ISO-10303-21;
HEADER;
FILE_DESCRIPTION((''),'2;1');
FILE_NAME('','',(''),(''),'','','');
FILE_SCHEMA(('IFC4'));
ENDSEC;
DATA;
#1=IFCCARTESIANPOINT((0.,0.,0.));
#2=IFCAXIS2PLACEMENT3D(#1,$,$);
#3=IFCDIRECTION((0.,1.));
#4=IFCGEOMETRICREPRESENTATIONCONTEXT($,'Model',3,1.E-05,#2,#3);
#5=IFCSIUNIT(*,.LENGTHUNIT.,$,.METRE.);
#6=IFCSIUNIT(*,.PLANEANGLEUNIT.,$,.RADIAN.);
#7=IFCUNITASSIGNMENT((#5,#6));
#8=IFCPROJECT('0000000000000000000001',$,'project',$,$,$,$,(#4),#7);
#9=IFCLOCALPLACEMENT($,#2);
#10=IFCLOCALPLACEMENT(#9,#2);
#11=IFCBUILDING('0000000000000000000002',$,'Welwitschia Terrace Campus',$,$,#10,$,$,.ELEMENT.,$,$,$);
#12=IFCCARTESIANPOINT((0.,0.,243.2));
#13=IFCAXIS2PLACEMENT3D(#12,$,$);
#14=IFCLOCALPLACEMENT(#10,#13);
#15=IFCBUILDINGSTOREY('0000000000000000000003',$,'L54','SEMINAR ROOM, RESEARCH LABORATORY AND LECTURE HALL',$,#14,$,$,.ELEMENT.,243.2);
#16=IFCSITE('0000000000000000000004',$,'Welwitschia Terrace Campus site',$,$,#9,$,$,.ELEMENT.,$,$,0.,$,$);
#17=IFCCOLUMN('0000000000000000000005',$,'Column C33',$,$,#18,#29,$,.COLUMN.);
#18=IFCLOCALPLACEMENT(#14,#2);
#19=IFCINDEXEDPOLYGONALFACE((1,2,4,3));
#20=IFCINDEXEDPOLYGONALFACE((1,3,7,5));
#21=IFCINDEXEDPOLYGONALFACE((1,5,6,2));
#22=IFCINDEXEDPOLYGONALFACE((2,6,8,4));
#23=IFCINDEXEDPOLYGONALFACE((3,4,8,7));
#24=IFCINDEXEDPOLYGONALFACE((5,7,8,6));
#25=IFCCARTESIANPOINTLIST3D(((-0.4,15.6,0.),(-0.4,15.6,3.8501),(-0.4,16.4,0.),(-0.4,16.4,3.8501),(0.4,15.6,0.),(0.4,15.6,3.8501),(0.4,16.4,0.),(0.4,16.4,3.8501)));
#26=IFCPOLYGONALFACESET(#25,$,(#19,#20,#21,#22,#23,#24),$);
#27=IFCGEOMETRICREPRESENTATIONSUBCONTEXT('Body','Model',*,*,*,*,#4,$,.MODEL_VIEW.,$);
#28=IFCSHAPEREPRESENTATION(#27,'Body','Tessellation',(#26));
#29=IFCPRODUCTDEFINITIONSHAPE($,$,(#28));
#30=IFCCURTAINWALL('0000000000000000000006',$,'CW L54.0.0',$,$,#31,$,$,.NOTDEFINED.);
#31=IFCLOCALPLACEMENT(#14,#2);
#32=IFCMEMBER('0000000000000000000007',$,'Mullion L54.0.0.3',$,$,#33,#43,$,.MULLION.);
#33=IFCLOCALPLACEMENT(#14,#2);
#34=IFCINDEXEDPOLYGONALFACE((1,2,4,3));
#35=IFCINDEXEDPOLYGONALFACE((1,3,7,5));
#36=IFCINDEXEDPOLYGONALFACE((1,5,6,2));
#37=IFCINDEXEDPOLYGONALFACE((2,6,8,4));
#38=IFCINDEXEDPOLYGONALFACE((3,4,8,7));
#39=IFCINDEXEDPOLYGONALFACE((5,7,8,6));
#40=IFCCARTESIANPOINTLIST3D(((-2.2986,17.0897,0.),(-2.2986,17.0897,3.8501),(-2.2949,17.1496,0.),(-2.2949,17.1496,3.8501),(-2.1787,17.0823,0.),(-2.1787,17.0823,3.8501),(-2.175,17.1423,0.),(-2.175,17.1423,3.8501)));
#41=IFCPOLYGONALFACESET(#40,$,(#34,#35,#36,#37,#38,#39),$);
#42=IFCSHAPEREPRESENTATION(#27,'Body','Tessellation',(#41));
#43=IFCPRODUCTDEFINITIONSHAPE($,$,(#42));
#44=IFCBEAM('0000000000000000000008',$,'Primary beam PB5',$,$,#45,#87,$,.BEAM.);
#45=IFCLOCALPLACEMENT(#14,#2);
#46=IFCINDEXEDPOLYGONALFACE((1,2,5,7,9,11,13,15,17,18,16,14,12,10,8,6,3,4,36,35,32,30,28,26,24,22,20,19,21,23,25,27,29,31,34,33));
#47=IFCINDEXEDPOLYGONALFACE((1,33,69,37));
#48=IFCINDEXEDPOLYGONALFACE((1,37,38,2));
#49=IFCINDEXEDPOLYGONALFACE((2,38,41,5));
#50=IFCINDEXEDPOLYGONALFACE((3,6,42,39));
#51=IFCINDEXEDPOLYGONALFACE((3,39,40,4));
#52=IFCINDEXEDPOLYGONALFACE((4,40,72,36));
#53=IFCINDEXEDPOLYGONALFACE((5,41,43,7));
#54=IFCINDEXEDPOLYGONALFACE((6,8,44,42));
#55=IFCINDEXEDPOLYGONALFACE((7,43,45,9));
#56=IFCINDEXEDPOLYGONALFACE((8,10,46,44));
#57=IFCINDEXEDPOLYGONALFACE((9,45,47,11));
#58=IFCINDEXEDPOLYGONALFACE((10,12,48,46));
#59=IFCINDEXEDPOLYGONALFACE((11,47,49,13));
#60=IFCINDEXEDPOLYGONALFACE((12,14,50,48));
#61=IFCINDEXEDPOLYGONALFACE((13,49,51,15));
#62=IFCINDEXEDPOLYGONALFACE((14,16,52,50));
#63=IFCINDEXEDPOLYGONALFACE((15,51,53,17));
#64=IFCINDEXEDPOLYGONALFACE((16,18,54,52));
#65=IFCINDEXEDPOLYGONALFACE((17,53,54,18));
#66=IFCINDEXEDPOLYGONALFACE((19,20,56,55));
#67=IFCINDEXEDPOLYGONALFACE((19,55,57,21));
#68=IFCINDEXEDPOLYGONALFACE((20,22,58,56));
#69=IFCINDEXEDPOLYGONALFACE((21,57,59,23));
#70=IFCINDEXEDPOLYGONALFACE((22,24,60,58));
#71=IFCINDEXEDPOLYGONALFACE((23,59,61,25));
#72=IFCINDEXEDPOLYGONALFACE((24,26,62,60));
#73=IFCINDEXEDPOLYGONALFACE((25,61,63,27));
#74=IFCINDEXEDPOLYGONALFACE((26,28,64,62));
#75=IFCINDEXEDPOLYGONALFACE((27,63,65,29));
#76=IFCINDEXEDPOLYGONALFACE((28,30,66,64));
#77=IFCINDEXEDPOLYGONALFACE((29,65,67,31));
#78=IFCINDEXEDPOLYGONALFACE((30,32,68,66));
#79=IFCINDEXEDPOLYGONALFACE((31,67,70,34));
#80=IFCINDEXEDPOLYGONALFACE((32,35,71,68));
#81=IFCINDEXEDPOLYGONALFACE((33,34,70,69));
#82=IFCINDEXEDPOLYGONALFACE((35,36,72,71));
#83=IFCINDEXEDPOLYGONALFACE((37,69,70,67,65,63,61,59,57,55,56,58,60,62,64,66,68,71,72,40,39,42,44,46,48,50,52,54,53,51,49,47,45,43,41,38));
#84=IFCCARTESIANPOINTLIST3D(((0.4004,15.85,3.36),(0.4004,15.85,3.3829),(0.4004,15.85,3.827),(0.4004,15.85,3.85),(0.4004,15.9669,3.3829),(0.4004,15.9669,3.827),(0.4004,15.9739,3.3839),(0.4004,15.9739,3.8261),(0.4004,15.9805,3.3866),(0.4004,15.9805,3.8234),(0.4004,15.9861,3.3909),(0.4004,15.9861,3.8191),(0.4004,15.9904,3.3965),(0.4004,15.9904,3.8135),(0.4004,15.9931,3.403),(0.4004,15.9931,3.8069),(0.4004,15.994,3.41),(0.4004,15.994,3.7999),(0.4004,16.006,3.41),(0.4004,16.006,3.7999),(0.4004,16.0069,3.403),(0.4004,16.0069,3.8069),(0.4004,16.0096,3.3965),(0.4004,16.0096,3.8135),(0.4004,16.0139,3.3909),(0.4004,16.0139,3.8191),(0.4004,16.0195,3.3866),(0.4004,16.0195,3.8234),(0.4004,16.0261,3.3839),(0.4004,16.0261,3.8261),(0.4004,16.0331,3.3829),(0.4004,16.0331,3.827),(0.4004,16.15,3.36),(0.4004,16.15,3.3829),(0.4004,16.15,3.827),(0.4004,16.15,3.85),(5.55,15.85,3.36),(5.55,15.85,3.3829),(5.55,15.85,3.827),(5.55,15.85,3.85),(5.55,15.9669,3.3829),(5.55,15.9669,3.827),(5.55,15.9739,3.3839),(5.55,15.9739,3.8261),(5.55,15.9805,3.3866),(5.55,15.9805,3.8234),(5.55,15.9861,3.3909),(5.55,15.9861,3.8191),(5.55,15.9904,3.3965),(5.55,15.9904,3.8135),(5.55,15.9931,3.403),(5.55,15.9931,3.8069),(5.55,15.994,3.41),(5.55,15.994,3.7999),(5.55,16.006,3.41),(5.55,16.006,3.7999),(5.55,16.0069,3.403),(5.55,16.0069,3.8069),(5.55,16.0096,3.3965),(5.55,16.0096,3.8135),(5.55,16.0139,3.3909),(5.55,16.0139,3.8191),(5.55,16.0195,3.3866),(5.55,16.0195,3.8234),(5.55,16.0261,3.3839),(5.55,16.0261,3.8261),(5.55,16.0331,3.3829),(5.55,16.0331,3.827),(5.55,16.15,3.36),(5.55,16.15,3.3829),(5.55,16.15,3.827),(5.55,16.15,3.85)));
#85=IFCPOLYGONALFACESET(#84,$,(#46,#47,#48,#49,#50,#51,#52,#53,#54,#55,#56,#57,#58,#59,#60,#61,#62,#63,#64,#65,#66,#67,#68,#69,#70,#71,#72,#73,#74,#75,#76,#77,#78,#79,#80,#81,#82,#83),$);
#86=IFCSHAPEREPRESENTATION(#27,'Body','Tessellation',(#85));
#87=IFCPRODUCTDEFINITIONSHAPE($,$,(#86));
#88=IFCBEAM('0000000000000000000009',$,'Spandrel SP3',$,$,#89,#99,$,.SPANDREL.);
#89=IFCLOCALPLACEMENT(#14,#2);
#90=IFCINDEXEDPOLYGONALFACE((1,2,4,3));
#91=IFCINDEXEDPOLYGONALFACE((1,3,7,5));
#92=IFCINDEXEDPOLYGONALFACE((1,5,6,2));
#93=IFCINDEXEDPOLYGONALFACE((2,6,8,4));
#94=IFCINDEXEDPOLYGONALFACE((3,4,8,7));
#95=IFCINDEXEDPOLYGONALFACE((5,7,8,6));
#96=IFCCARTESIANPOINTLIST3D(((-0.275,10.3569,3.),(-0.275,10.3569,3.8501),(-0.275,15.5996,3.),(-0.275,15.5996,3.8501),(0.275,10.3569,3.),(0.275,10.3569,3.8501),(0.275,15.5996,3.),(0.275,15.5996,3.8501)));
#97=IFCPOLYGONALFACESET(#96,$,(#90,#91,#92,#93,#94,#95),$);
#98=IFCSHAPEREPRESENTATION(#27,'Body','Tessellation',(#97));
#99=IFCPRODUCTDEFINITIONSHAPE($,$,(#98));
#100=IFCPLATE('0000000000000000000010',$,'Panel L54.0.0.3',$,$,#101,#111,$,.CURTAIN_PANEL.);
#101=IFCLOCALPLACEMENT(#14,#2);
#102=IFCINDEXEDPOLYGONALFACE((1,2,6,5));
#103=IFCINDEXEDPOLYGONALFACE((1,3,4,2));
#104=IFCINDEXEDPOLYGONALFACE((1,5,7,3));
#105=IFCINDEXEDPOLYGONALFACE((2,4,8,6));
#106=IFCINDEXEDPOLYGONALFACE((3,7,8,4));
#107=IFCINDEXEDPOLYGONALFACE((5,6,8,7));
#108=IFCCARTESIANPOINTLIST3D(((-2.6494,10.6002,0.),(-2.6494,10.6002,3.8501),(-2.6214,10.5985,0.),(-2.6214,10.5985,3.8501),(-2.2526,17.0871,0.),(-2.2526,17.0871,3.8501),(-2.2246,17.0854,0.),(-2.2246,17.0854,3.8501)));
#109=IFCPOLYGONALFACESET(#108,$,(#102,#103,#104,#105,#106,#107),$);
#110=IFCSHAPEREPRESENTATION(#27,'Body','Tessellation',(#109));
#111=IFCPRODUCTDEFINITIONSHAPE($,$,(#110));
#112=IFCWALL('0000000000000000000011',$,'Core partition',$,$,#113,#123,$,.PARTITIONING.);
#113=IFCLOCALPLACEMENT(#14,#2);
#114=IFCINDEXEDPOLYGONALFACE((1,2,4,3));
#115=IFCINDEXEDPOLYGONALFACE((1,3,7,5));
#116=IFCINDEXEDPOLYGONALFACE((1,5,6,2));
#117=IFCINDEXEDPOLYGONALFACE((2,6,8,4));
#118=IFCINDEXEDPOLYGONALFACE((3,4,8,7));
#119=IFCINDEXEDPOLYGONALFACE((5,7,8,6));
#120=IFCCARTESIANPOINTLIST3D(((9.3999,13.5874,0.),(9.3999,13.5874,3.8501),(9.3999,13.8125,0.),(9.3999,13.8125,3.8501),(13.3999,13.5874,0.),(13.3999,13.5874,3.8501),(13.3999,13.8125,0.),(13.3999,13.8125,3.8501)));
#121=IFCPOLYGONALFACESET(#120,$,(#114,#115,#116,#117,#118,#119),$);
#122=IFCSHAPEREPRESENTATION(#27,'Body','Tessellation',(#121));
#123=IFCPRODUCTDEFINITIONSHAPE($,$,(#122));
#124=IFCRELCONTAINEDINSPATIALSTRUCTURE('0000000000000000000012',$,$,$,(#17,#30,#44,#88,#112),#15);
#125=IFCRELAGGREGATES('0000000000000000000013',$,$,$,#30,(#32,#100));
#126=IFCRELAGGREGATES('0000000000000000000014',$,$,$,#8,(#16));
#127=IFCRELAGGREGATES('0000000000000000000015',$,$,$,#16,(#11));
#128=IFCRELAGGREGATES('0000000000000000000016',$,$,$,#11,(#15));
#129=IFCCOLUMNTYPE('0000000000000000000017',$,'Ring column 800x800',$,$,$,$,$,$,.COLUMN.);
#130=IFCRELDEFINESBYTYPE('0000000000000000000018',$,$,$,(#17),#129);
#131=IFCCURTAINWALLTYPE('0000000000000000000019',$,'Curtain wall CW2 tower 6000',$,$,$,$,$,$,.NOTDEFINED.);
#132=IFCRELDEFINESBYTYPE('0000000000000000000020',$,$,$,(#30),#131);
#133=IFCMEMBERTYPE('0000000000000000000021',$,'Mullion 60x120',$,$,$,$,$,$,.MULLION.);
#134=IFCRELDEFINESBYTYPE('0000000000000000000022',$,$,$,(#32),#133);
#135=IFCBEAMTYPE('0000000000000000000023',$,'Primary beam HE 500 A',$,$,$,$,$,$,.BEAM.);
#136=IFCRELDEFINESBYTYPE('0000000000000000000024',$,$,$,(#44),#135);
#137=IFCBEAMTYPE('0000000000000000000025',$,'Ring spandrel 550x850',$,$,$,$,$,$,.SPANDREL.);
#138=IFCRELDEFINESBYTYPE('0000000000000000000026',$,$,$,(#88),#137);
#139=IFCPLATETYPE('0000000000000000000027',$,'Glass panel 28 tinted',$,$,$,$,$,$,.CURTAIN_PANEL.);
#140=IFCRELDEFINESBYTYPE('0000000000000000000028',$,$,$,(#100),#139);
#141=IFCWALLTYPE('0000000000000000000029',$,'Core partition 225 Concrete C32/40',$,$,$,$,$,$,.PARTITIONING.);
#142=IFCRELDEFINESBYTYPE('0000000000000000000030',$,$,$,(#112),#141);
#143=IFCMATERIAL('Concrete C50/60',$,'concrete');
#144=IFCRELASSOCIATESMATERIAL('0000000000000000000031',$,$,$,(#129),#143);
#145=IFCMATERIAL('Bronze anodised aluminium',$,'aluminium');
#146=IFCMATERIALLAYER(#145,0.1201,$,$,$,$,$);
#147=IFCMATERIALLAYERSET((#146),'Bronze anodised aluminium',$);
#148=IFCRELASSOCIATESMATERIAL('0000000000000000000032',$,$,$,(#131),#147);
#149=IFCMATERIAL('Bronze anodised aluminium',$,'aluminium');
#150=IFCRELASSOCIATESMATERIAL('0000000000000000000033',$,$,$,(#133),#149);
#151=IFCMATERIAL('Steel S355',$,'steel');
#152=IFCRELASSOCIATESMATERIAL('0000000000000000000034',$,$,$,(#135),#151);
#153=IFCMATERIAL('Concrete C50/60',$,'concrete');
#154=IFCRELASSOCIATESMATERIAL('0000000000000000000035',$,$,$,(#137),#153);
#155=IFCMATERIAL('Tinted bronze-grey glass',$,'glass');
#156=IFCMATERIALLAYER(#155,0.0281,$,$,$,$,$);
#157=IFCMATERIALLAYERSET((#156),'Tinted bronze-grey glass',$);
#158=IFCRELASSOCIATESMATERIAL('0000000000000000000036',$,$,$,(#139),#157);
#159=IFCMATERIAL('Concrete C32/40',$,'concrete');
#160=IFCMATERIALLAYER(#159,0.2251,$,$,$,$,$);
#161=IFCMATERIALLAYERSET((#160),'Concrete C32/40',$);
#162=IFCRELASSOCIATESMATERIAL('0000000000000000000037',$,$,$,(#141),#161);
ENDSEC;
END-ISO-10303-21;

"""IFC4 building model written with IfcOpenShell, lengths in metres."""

from ifc_helpers import new_model, si_unit, direction, frame, frame_2d, origin, origin_2d, place, context, subcontext, project, spatial, rectangle, i_section, extrude, material, layer, layer_set, material_profile, profile_set, type_object, element, aggregate, save


model = new_model("IFC4")

# Units and contexts
model_context = context("Model", 3, precision=1e-05, world=origin(), true_north=direction((0.0, 1.0)))
body_context = subcontext(model_context, "Body", "Model", "MODEL_VIEW")
ifc_project = project(units=[si_unit("LENGTHUNIT", "METRE"), si_unit("PLANEANGLEUNIT", "RADIAN")], contexts=[model_context])

# Site, building, storey
site_placement = place(None, origin())
site = spatial("IfcSite", under=ifc_project, at=site_placement, Name="Welwitschia Terrace Campus site", CompositionType="ELEMENT", RefElevation=0.0)
building_placement = place(site_placement, origin())
building = spatial("IfcBuilding", under=site, at=building_placement, Name="Welwitschia Terrace Campus", CompositionType="ELEMENT")
storey_placement = place(building_placement, frame((0.0, 0.0, 243.2)))
storey = spatial("IfcBuildingStorey", under=building, at=storey_placement, Name="L54", Description="SEMINAR ROOM, RESEARCH LABORATORY AND LECTURE HALL", CompositionType="ELEMENT", Elevation=243.2)

# Column
ifc_material_1 = material(Name="Concrete C50/60", Category="concrete")
ifc_material_profile_1 = material_profile(ifc_material_1, rectangle(XDim=0.8, YDim=0.8, at=origin_2d()))
ifc_profile_set_1 = profile_set([ifc_material_profile_1], Name="Concrete C50/60")
column_type = type_object("IfcColumnType", Name="Ring column 800x800", PredefinedType="COLUMN", material=ifc_profile_set_1)
column_placement = place(storey_placement, frame((0.0, 16.0, 0.0), z_axis=(0.0, 0.0, 1.0), x_axis=(1.0, 0.0, 0.0)))
element("IfcColumn", 1, at=column_placement, inside=storey, type_object=column_type, Name="Column C33", PredefinedType="COLUMN", context=body_context, shape_type="SweptSolid", body=[
    extrude(rectangle(XDim=0.8, YDim=0.8, at=origin_2d()), origin(), (0.0, 0.0, 1.0), 3.8501),
])

# Curtain wall, member
ifc_material_2 = material(Name="Bronze anodised aluminium", Category="aluminium")
ifc_layer_1 = layer(ifc_material_2, 0.1201)
ifc_layer_set_1 = layer_set([ifc_layer_1], Name="Bronze anodised aluminium")
curtain_wall_type = type_object("IfcCurtainWallType", Name="Curtain wall CW2 tower 6000", PredefinedType="NOTDEFINED", material=ifc_layer_set_1)
curtain_wall_placement = place(storey_placement, origin())
curtain_wall = element("IfcCurtainWall", 2, at=curtain_wall_placement, inside=storey, type_object=curtain_wall_type, Name="CW L54.0.0", PredefinedType="NOTDEFINED")
ifc_material_3 = material(Name="Bronze anodised aluminium", Category="aluminium")
ifc_material_profile_2 = material_profile(ifc_material_3, rectangle(XDim=0.1201, YDim=0.0601, at=origin_2d()))
ifc_profile_set_2 = profile_set([ifc_material_profile_2], Name="Bronze anodised aluminium")
member_type = type_object("IfcMemberType", Name="Mullion 60x120", PredefinedType="MULLION", material=ifc_profile_set_2)
member_placement = place(storey_placement, frame((-2.2368, 17.116, 0.0), z_axis=(0.0, 0.0, 1.0), x_axis=(0.998135, -0.061049, 0.0)))
member = element("IfcMember", 3, at=member_placement, type_object=member_type, Name="Mullion L54.0.0.3", PredefinedType="MULLION", context=body_context, shape_type="SweptSolid", body=[
    extrude(rectangle(XDim=0.1201, YDim=0.0601, at=origin_2d()), origin(), (0.0, 0.0, 1.0), 3.8501),
])

# Beams
ifc_material_4 = material(Name="Steel S355", Category="steel")
ifc_material_profile_3 = material_profile(ifc_material_4, i_section(OverallWidth=0.3, OverallDepth=0.49, WebThickness=0.012, FlangeThickness=0.0229, FilletRadius=0.0271, at=origin_2d()))
ifc_profile_set_3 = profile_set([ifc_material_profile_3], Name="Steel S355")
beam_type_1 = type_object("IfcBeamType", Name="Primary beam HE 500 A", PredefinedType="BEAM", material=ifc_profile_set_3)
beam_1_placement = place(storey_placement, frame((0.4004, 16.0, 3.605), z_axis=(1.0, 0.0, 0.0), x_axis=(0.0, 1.0, 0.0)))
element("IfcBeam", 4, at=beam_1_placement, inside=storey, type_object=beam_type_1, Name="Primary beam PB5", PredefinedType="BEAM", context=body_context, shape_type="SweptSolid", body=[
    extrude(i_section(OverallWidth=0.3, OverallDepth=0.49, WebThickness=0.012, FlangeThickness=0.0229, FilletRadius=0.0271, at=origin_2d()), origin(), (0.0, 0.0, 1.0), 5.1497),
])
ifc_material_5 = material(Name="Concrete C50/60", Category="concrete")
ifc_material_profile_4 = material_profile(ifc_material_5, rectangle(XDim=0.55, YDim=0.8501, at=origin_2d()))
ifc_profile_set_4 = profile_set([ifc_material_profile_4], Name="Concrete C50/60")
beam_type_2 = type_object("IfcBeamType", Name="Ring spandrel 550x850", PredefinedType="SPANDREL", material=ifc_profile_set_4)
beam_2_placement = place(storey_placement, frame((0.0, 15.5996, 3.425), z_axis=(0.0, -1.0, 0.0), x_axis=(1.0, 0.0, 0.0)))
element("IfcBeam", 5, at=beam_2_placement, inside=storey, type_object=beam_type_2, Name="Spandrel SP3", PredefinedType="SPANDREL", context=body_context, shape_type="SweptSolid", body=[
    extrude(rectangle(XDim=0.55, YDim=0.8501, at=origin_2d()), origin(), (0.0, 0.0, 1.0), 5.2427),
])

# Plate
ifc_material_6 = material(Name="Tinted bronze-grey glass", Category="glass")
ifc_layer_2 = layer(ifc_material_6, 0.0281)
ifc_layer_set_2 = layer_set([ifc_layer_2], Name="Tinted bronze-grey glass")
plate_type = type_object("IfcPlateType", Name="Glass panel 28 tinted", PredefinedType="CURTAIN_PANEL", material=ifc_layer_set_2)
plate_placement = place(storey_placement, frame((-2.437, 13.8428, 0.0), z_axis=(0.0, 0.0, 1.0), x_axis=(-0.061049, -0.998135, 0.0)))
plate = element("IfcPlate", 6, at=plate_placement, type_object=plate_type, Name="Panel L54.0.0.3", PredefinedType="CURTAIN_PANEL", context=body_context, shape_type="SweptSolid", body=[
    extrude(rectangle(XDim=6.499, YDim=0.0281, at=origin_2d()), origin(), (0.0, 0.0, 1.0), 3.8501),
])
aggregate(curtain_wall, [member, plate])

# Wall
ifc_material_7 = material(Name="Concrete C32/40", Category="concrete")
ifc_layer_3 = layer(ifc_material_7, 0.2251)
ifc_layer_set_3 = layer_set([ifc_layer_3], Name="Concrete C32/40")
wall_type_1 = type_object("IfcWallType", Name="Core partition 225 Concrete C32/40", PredefinedType="PARTITIONING", material=ifc_layer_set_3)
wall_1_placement = place(storey_placement, frame((9.3999, 13.7, 0.0), z_axis=(0.0, 0.0, 1.0), x_axis=(1.0, 0.0, 0.0)))
element("IfcWall", 7, at=wall_1_placement, inside=storey, type_object=wall_type_1, Name="Core partition", PredefinedType="PARTITIONING", context=body_context, shape_type="SweptSolid", body=[
    extrude(rectangle(XDim=4.0, YDim=0.2251, at=frame_2d((2.0, 0.0))), origin(), (0.0, 0.0, 1.0), 3.8501),
])

save(model, "model.ifc")
